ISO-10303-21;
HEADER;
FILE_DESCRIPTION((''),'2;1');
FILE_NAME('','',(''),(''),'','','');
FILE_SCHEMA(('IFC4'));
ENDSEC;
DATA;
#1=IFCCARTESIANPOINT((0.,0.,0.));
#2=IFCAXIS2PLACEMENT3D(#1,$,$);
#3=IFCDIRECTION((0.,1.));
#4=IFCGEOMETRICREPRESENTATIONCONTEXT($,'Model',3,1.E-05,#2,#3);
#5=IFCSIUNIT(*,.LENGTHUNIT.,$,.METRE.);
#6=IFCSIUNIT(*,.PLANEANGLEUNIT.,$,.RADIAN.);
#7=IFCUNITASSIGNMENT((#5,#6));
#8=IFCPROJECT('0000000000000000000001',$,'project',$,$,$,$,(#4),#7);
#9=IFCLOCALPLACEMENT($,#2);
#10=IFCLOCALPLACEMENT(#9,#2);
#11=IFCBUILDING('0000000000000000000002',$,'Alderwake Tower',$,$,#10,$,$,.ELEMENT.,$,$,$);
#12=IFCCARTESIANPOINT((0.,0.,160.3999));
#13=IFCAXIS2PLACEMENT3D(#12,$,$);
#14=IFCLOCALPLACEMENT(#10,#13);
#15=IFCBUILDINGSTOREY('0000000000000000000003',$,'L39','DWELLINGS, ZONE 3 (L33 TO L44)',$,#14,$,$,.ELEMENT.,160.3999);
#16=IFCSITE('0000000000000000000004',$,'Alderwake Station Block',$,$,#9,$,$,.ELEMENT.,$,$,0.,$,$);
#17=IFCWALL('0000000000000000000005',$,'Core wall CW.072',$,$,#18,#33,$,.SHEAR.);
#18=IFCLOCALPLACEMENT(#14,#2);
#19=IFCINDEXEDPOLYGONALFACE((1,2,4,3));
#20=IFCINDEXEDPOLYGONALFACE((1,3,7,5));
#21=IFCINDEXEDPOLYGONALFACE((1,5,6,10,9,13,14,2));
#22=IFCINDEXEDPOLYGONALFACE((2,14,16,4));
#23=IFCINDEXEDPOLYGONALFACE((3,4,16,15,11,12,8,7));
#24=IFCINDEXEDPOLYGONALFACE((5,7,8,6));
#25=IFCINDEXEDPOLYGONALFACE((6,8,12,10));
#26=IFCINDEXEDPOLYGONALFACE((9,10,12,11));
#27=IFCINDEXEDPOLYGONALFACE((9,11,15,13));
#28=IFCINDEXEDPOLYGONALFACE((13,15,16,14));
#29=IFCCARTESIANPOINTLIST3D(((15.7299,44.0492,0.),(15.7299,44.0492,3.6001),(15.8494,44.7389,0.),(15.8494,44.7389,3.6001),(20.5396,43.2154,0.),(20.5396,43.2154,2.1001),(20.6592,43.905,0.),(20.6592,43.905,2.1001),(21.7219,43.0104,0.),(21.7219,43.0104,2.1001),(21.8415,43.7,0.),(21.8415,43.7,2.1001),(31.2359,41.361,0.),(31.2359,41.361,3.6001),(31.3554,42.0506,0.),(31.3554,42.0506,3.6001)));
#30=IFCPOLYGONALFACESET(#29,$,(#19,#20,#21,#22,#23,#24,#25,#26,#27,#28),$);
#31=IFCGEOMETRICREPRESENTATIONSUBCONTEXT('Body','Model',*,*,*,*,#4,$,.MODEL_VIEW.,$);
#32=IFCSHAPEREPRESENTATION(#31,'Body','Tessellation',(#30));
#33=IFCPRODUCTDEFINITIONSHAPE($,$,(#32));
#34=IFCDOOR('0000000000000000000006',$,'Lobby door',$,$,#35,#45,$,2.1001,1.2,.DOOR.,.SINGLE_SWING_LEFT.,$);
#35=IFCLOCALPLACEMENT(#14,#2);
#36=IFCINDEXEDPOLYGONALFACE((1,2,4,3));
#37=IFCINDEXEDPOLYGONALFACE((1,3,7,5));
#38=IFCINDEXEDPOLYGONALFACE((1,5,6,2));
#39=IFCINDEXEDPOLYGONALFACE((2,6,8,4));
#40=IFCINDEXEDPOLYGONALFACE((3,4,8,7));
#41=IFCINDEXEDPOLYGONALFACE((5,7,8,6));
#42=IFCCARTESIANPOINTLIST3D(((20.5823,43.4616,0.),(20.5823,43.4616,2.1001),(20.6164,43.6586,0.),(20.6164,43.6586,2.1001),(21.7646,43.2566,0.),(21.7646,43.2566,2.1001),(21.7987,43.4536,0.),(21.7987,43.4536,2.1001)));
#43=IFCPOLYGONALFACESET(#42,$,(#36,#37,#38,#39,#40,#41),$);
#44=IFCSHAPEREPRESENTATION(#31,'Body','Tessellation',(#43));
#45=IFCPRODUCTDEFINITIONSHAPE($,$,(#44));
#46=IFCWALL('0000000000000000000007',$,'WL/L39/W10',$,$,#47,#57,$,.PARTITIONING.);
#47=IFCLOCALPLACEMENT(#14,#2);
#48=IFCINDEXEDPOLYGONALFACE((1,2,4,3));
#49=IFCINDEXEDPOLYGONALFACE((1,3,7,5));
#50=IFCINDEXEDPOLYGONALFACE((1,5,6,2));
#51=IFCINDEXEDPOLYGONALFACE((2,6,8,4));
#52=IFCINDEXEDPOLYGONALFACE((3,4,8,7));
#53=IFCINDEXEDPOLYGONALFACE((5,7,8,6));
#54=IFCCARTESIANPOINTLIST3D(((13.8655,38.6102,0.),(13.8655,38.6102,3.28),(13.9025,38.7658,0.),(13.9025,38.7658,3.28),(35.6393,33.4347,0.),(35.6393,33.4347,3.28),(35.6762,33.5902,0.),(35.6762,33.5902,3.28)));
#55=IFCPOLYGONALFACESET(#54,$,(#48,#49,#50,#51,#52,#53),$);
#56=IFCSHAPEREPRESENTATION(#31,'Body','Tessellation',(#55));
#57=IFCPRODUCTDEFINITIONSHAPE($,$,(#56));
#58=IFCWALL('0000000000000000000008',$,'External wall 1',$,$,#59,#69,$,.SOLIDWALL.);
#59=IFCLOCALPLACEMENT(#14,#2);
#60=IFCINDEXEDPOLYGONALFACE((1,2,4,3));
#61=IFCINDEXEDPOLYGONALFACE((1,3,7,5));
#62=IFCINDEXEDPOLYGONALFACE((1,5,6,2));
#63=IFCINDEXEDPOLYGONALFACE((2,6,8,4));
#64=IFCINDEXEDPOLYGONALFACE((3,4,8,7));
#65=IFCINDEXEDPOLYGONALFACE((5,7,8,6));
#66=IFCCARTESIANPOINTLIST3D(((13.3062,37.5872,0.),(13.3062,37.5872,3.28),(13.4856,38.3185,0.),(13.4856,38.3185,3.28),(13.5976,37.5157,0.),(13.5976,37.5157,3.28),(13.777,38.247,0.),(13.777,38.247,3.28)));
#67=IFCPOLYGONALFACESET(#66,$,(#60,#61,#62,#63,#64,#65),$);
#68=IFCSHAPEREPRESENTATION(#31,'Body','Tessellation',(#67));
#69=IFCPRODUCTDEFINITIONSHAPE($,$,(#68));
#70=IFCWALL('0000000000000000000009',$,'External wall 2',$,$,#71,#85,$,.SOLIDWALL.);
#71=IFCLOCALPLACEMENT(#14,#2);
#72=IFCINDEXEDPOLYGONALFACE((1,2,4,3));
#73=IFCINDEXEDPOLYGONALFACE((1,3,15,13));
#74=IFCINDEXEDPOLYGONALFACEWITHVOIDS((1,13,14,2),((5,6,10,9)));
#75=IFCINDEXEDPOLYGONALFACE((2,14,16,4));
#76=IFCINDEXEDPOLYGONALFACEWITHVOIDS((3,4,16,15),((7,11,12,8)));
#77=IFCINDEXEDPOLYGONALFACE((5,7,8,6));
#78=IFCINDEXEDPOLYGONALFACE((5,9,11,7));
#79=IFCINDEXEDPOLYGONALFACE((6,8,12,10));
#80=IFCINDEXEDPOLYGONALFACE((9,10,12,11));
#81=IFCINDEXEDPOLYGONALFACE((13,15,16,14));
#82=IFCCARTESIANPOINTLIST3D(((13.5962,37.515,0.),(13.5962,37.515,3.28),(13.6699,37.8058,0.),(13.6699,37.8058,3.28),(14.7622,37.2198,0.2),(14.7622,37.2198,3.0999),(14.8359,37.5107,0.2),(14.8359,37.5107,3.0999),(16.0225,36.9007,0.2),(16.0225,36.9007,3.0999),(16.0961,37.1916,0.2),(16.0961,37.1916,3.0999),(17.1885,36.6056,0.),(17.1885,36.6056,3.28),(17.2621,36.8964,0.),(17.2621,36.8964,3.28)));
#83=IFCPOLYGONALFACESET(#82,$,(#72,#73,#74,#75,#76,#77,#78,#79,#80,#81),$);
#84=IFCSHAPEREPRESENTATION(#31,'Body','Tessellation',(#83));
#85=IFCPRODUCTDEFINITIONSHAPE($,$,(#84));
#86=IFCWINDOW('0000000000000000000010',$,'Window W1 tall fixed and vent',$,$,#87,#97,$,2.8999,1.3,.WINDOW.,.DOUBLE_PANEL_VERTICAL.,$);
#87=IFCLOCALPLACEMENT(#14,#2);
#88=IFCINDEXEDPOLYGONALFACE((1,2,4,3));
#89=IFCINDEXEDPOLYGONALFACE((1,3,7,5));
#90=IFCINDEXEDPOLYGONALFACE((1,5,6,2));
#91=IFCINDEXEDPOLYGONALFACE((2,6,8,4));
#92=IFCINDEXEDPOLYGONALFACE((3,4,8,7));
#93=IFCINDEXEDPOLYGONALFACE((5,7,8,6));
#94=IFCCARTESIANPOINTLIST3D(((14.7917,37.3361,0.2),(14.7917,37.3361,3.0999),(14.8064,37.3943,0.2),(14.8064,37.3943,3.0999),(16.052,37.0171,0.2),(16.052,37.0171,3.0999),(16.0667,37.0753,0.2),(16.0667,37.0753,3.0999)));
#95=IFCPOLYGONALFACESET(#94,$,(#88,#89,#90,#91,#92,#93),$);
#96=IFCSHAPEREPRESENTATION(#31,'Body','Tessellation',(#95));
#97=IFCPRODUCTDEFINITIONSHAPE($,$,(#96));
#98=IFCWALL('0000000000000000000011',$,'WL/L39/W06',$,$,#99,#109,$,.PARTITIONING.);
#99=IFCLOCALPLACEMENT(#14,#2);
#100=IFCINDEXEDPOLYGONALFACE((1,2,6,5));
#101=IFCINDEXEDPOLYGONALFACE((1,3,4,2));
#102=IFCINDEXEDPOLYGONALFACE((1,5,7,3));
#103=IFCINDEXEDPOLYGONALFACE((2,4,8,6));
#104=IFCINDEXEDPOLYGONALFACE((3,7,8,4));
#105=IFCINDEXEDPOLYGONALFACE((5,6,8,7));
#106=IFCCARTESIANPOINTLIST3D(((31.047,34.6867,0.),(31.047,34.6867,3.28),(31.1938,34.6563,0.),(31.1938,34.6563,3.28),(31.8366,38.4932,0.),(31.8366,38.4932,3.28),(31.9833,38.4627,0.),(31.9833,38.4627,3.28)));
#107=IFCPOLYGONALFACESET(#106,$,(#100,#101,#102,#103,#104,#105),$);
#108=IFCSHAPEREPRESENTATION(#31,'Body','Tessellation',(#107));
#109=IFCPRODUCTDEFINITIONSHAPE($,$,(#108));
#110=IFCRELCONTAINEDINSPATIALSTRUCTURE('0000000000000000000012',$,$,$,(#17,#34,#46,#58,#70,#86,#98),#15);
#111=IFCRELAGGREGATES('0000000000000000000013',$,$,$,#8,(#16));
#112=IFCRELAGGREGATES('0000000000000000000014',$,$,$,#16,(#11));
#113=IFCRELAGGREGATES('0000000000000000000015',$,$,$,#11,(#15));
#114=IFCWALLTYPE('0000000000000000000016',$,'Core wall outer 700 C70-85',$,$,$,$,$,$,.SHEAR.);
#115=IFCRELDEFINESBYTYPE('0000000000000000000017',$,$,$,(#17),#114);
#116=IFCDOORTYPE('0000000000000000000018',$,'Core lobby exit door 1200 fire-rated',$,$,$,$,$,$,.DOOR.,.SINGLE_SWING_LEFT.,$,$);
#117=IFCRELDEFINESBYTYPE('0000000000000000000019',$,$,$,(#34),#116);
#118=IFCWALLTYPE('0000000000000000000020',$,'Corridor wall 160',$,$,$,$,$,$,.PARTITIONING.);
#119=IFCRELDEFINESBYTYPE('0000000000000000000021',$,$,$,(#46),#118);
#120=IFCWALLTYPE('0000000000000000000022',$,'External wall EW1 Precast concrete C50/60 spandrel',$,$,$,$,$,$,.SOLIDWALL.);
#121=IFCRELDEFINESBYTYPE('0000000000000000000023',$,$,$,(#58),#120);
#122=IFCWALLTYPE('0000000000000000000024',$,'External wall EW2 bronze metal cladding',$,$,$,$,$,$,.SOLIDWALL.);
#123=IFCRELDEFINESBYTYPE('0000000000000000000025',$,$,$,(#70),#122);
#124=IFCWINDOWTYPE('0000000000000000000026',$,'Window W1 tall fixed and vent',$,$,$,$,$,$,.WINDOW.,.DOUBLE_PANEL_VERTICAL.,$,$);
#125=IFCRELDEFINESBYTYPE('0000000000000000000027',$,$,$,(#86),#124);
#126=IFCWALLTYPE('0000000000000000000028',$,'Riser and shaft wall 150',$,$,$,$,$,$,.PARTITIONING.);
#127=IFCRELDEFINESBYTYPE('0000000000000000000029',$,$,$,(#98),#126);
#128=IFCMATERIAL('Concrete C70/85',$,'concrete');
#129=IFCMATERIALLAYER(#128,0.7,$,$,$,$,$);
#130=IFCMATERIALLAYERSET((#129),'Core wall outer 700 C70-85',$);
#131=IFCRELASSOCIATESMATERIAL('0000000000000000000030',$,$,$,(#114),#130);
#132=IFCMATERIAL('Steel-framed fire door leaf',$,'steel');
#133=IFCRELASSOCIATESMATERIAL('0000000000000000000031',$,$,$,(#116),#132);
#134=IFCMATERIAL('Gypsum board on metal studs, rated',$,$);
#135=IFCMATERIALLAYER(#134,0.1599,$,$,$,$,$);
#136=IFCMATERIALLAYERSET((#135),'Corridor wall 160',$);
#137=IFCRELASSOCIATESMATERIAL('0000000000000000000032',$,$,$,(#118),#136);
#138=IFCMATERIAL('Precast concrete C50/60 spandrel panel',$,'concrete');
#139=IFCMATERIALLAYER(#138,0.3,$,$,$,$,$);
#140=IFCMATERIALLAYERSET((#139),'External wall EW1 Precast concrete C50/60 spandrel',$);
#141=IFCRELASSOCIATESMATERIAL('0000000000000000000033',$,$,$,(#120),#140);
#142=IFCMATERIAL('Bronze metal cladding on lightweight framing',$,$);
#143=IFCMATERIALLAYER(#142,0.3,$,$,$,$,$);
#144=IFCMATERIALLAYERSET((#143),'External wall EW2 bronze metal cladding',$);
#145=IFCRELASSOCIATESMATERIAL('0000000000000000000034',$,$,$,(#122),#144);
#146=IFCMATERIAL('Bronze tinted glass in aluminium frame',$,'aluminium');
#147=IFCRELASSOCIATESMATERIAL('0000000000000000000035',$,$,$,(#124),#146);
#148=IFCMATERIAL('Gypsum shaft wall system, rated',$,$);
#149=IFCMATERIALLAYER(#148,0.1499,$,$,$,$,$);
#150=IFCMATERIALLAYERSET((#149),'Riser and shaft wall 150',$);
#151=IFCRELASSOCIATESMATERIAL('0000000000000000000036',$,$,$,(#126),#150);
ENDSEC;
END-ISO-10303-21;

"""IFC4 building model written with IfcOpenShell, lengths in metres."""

from ifc_helpers import new_model, si_unit, direction, frame, frame_2d, origin, place, context, subcontext, project, spatial, rectangle, extrude, material, layer, layer_set, type_object, element, fill, save


model = new_model("IFC4")

# Units and contexts
model_context = context("Model", 3, precision=1e-05, world=origin(), true_north=direction((0.0, 1.0)))
body_context = subcontext(model_context, "Body", "Model", "MODEL_VIEW")
ifc_project = project(units=[si_unit("LENGTHUNIT", "METRE"), si_unit("PLANEANGLEUNIT", "RADIAN")], contexts=[model_context])

# Site, building, storey
site_placement = place(None, origin())
site = spatial("IfcSite", under=ifc_project, at=site_placement, Name="Alderwake Station Block", CompositionType="ELEMENT", RefElevation=0.0)
building_placement = place(site_placement, origin())
building = spatial("IfcBuilding", under=site, at=building_placement, Name="Alderwake Tower", CompositionType="ELEMENT")
storey_placement = place(building_placement, frame((0.0, 0.0, 160.3999)))
storey = spatial("IfcBuildingStorey", under=building, at=storey_placement, Name="L39", Description="DWELLINGS, ZONE 3 (L33 TO L44)", CompositionType="ELEMENT", Elevation=160.3999)

# Wall, opening, door
ifc_material_1 = material(Name="Concrete C70/85", Category="concrete")
ifc_layer_1 = layer(ifc_material_1, 0.7)
ifc_layer_set_1 = layer_set([ifc_layer_1], Name="Core wall outer 700 C70-85")
wall_type_1 = type_object("IfcWallType", Name="Core wall outer 700 C70-85", PredefinedType="SHEAR", material=ifc_layer_set_1)
wall_1_placement = place(storey_placement, frame((31.2957, 41.7058, 0.0), z_axis=(0.0, 0.0, 1.0), x_axis=(-0.985303, 0.170818, 0.0)))
wall_1 = element("IfcWall", 1, at=wall_1_placement, inside=storey, type_object=wall_type_1, Name="Core wall CW.072", PredefinedType="SHEAR", context=body_context, shape_type="SweptSolid", body=[
    extrude(rectangle(XDim=15.7373, YDim=0.7, at=frame_2d((7.8687, 0.0))), origin(), (0.0, 0.0, 1.0), 3.6001),
])
opening_1_placement = place(wall_1_placement, frame((9.6558, 0.0, 0.0)))
opening_1 = element("IfcOpeningElement", 2, at=opening_1_placement, cuts=wall_1, PredefinedType="OPENING", context=body_context, shape_type="SweptSolid", body=[
    extrude(rectangle(XDim=1.2, YDim=2.1001, at=frame_2d((0.6001, 1.05))), frame((0.0, 0.3599, 0.0), z_axis=(0.0, -1.0, 0.0), x_axis=(1.0, 0.0, 0.0)), (0.0, 0.0, 1.0), 0.72),
])
ifc_material_2 = material(Name="Steel-framed fire door leaf", Category="steel")
door_type_1 = type_object("IfcDoorType", Name="Core lobby exit door 1200 fire-rated", OperationType="SINGLE_SWING_LEFT", PredefinedType="DOOR", material=ifc_material_2)
door_1_placement = place(opening_1_placement, origin())
door_1 = element("IfcDoor", 3, at=door_1_placement, inside=storey, type_object=door_type_1, Name="Lobby door", OperationType="SINGLE_SWING_LEFT", OverallHeight=2.1001, OverallWidth=1.2, PredefinedType="DOOR", context=body_context, shape_type="SweptSolid", body=[
    extrude(rectangle(XDim=1.2, YDim=2.1001, at=frame_2d((0.6001, 1.05))), frame((0.0, 0.1001, 0.0), z_axis=(0.0, -1.0, 0.0), x_axis=(1.0, 0.0, 0.0)), (0.0, 0.0, 1.0), 0.2),
])
fill(opening_1, door_1)

# Walls
ifc_material_3 = material(Name="Gypsum board on metal studs, rated")
ifc_layer_2 = layer(ifc_material_3, 0.1599)
ifc_layer_set_2 = layer_set([ifc_layer_2], Name="Corridor wall 160")
wall_type_2 = type_object("IfcWallType", Name="Corridor wall 160", PredefinedType="PARTITIONING", material=ifc_layer_set_2)
wall_2_placement = place(storey_placement, frame((13.884, 38.688, 0.0), z_axis=(0.0, 0.0, 1.0), x_axis=(0.972893, -0.231254, 0.0)))
element("IfcWall", 4, at=wall_2_placement, inside=storey, type_object=wall_type_2, Name="WL/L39/W10", PredefinedType="PARTITIONING", context=body_context, shape_type="SweptSolid", body=[
    extrude(rectangle(XDim=22.3804, YDim=0.1599, at=frame_2d((11.1902, 0.0))), origin(), (0.0, 0.0, 1.0), 3.28),
])
ifc_material_4 = material(Name="Precast concrete C50/60 spandrel panel", Category="concrete")
ifc_layer_3 = layer(ifc_material_4, 0.3)
ifc_layer_set_3 = layer_set([ifc_layer_3], Name="External wall EW1 Precast concrete C50/60 spandrel")
wall_type_3 = type_object("IfcWallType", Name="External wall EW1 Precast concrete C50/60 spandrel", PredefinedType="SOLIDWALL", material=ifc_layer_set_3)
wall_3_placement = place(storey_placement, frame((13.6313, 38.2827, 0.0), z_axis=(0.0, 0.0, 1.0), x_axis=(-0.238337, -0.971183, 0.0)))
element("IfcWall", 5, at=wall_3_placement, inside=storey, type_object=wall_type_3, Name="External wall 1", PredefinedType="SOLIDWALL", context=body_context, shape_type="SweptSolid", body=[
    extrude(rectangle(XDim=0.7529, YDim=0.3, at=frame_2d((0.3765, 0.0))), origin(), (0.0, 0.0, 1.0), 3.28),
])

# Wall, opening, window
ifc_material_5 = material(Name="Bronze metal cladding on lightweight framing")
ifc_layer_4 = layer(ifc_material_5, 0.3)
ifc_layer_set_4 = layer_set([ifc_layer_4], Name="External wall EW2 bronze metal cladding")
wall_type_4 = type_object("IfcWallType", Name="External wall EW2 bronze metal cladding", PredefinedType="SOLIDWALL", material=ifc_layer_set_4)
wall_4_placement = place(storey_placement, frame((13.6331, 37.6604, 0.0), z_axis=(0.0, 0.0, 1.0), x_axis=(0.969417, -0.245418, 0.0)))
wall_4 = element("IfcWall", 6, at=wall_4_placement, inside=storey, type_object=wall_type_4, Name="External wall 2", PredefinedType="SOLIDWALL", context=body_context, shape_type="SweptSolid", body=[
    extrude(rectangle(XDim=3.7056, YDim=0.3, at=frame_2d((1.8528, 0.0))), origin(), (0.0, 0.0, 1.0), 3.28),
])
opening_2_placement = place(wall_4_placement, frame((1.2029, 0.0, 0.2)))
opening_2 = element("IfcOpeningElement", 7, at=opening_2_placement, cuts=wall_4, PredefinedType="OPENING", context=body_context, shape_type="SweptSolid", body=[
    extrude(rectangle(XDim=1.3, YDim=2.8999, at=frame_2d((0.6499, 1.45))), frame((0.0, 0.1599, 0.0), z_axis=(0.0, -1.0, 0.0), x_axis=(1.0, 0.0, 0.0)), (0.0, 0.0, 1.0), 0.3201),
])
ifc_material_6 = material(Name="Bronze tinted glass in aluminium frame", Category="aluminium")
window_type = type_object("IfcWindowType", Name="Window W1 tall fixed and vent", PartitioningType="DOUBLE_PANEL_VERTICAL", PredefinedType="WINDOW", material=ifc_material_6)
window_1_placement = place(opening_2_placement, origin())
window_1 = element("IfcWindow", 8, at=window_1_placement, inside=storey, type_object=window_type, Name="Window W1 tall fixed and vent", OverallHeight=2.8999, OverallWidth=1.3, PartitioningType="DOUBLE_PANEL_VERTICAL", PredefinedType="WINDOW", context=body_context, shape_type="SweptSolid", body=[
    extrude(rectangle(XDim=1.3, YDim=2.8999, at=frame_2d((0.6499, 1.45))), frame((0.0, 0.03, 0.0), z_axis=(0.0, -1.0, 0.0), x_axis=(1.0, 0.0, 0.0)), (0.0, 0.0, 1.0), 0.0601),
])
fill(opening_2, window_1)

# Wall
ifc_material_7 = material(Name="Gypsum shaft wall system, rated")
ifc_layer_5 = layer(ifc_material_7, 0.1499)
ifc_layer_set_5 = layer_set([ifc_layer_5], Name="Riser and shaft wall 150")
wall_type_5 = type_object("IfcWallType", Name="Riser and shaft wall 150", PredefinedType="PARTITIONING", material=ifc_layer_set_5)
wall_5_placement = place(storey_placement, frame((31.1204, 34.6714, 0.0), z_axis=(0.0, 0.0, 1.0), x_axis=(0.203104, 0.979157, 0.0)))
element("IfcWall", 9, at=wall_5_placement, inside=storey, type_object=wall_type_5, Name="WL/L39/W06", PredefinedType="PARTITIONING", context=body_context, shape_type="SweptSolid", body=[
    extrude(rectangle(XDim=3.8875, YDim=0.1499, at=frame_2d((1.9438, 0.0))), origin(), (0.0, 0.0, 1.0), 3.28),
])

save(model, "model.ifc")
